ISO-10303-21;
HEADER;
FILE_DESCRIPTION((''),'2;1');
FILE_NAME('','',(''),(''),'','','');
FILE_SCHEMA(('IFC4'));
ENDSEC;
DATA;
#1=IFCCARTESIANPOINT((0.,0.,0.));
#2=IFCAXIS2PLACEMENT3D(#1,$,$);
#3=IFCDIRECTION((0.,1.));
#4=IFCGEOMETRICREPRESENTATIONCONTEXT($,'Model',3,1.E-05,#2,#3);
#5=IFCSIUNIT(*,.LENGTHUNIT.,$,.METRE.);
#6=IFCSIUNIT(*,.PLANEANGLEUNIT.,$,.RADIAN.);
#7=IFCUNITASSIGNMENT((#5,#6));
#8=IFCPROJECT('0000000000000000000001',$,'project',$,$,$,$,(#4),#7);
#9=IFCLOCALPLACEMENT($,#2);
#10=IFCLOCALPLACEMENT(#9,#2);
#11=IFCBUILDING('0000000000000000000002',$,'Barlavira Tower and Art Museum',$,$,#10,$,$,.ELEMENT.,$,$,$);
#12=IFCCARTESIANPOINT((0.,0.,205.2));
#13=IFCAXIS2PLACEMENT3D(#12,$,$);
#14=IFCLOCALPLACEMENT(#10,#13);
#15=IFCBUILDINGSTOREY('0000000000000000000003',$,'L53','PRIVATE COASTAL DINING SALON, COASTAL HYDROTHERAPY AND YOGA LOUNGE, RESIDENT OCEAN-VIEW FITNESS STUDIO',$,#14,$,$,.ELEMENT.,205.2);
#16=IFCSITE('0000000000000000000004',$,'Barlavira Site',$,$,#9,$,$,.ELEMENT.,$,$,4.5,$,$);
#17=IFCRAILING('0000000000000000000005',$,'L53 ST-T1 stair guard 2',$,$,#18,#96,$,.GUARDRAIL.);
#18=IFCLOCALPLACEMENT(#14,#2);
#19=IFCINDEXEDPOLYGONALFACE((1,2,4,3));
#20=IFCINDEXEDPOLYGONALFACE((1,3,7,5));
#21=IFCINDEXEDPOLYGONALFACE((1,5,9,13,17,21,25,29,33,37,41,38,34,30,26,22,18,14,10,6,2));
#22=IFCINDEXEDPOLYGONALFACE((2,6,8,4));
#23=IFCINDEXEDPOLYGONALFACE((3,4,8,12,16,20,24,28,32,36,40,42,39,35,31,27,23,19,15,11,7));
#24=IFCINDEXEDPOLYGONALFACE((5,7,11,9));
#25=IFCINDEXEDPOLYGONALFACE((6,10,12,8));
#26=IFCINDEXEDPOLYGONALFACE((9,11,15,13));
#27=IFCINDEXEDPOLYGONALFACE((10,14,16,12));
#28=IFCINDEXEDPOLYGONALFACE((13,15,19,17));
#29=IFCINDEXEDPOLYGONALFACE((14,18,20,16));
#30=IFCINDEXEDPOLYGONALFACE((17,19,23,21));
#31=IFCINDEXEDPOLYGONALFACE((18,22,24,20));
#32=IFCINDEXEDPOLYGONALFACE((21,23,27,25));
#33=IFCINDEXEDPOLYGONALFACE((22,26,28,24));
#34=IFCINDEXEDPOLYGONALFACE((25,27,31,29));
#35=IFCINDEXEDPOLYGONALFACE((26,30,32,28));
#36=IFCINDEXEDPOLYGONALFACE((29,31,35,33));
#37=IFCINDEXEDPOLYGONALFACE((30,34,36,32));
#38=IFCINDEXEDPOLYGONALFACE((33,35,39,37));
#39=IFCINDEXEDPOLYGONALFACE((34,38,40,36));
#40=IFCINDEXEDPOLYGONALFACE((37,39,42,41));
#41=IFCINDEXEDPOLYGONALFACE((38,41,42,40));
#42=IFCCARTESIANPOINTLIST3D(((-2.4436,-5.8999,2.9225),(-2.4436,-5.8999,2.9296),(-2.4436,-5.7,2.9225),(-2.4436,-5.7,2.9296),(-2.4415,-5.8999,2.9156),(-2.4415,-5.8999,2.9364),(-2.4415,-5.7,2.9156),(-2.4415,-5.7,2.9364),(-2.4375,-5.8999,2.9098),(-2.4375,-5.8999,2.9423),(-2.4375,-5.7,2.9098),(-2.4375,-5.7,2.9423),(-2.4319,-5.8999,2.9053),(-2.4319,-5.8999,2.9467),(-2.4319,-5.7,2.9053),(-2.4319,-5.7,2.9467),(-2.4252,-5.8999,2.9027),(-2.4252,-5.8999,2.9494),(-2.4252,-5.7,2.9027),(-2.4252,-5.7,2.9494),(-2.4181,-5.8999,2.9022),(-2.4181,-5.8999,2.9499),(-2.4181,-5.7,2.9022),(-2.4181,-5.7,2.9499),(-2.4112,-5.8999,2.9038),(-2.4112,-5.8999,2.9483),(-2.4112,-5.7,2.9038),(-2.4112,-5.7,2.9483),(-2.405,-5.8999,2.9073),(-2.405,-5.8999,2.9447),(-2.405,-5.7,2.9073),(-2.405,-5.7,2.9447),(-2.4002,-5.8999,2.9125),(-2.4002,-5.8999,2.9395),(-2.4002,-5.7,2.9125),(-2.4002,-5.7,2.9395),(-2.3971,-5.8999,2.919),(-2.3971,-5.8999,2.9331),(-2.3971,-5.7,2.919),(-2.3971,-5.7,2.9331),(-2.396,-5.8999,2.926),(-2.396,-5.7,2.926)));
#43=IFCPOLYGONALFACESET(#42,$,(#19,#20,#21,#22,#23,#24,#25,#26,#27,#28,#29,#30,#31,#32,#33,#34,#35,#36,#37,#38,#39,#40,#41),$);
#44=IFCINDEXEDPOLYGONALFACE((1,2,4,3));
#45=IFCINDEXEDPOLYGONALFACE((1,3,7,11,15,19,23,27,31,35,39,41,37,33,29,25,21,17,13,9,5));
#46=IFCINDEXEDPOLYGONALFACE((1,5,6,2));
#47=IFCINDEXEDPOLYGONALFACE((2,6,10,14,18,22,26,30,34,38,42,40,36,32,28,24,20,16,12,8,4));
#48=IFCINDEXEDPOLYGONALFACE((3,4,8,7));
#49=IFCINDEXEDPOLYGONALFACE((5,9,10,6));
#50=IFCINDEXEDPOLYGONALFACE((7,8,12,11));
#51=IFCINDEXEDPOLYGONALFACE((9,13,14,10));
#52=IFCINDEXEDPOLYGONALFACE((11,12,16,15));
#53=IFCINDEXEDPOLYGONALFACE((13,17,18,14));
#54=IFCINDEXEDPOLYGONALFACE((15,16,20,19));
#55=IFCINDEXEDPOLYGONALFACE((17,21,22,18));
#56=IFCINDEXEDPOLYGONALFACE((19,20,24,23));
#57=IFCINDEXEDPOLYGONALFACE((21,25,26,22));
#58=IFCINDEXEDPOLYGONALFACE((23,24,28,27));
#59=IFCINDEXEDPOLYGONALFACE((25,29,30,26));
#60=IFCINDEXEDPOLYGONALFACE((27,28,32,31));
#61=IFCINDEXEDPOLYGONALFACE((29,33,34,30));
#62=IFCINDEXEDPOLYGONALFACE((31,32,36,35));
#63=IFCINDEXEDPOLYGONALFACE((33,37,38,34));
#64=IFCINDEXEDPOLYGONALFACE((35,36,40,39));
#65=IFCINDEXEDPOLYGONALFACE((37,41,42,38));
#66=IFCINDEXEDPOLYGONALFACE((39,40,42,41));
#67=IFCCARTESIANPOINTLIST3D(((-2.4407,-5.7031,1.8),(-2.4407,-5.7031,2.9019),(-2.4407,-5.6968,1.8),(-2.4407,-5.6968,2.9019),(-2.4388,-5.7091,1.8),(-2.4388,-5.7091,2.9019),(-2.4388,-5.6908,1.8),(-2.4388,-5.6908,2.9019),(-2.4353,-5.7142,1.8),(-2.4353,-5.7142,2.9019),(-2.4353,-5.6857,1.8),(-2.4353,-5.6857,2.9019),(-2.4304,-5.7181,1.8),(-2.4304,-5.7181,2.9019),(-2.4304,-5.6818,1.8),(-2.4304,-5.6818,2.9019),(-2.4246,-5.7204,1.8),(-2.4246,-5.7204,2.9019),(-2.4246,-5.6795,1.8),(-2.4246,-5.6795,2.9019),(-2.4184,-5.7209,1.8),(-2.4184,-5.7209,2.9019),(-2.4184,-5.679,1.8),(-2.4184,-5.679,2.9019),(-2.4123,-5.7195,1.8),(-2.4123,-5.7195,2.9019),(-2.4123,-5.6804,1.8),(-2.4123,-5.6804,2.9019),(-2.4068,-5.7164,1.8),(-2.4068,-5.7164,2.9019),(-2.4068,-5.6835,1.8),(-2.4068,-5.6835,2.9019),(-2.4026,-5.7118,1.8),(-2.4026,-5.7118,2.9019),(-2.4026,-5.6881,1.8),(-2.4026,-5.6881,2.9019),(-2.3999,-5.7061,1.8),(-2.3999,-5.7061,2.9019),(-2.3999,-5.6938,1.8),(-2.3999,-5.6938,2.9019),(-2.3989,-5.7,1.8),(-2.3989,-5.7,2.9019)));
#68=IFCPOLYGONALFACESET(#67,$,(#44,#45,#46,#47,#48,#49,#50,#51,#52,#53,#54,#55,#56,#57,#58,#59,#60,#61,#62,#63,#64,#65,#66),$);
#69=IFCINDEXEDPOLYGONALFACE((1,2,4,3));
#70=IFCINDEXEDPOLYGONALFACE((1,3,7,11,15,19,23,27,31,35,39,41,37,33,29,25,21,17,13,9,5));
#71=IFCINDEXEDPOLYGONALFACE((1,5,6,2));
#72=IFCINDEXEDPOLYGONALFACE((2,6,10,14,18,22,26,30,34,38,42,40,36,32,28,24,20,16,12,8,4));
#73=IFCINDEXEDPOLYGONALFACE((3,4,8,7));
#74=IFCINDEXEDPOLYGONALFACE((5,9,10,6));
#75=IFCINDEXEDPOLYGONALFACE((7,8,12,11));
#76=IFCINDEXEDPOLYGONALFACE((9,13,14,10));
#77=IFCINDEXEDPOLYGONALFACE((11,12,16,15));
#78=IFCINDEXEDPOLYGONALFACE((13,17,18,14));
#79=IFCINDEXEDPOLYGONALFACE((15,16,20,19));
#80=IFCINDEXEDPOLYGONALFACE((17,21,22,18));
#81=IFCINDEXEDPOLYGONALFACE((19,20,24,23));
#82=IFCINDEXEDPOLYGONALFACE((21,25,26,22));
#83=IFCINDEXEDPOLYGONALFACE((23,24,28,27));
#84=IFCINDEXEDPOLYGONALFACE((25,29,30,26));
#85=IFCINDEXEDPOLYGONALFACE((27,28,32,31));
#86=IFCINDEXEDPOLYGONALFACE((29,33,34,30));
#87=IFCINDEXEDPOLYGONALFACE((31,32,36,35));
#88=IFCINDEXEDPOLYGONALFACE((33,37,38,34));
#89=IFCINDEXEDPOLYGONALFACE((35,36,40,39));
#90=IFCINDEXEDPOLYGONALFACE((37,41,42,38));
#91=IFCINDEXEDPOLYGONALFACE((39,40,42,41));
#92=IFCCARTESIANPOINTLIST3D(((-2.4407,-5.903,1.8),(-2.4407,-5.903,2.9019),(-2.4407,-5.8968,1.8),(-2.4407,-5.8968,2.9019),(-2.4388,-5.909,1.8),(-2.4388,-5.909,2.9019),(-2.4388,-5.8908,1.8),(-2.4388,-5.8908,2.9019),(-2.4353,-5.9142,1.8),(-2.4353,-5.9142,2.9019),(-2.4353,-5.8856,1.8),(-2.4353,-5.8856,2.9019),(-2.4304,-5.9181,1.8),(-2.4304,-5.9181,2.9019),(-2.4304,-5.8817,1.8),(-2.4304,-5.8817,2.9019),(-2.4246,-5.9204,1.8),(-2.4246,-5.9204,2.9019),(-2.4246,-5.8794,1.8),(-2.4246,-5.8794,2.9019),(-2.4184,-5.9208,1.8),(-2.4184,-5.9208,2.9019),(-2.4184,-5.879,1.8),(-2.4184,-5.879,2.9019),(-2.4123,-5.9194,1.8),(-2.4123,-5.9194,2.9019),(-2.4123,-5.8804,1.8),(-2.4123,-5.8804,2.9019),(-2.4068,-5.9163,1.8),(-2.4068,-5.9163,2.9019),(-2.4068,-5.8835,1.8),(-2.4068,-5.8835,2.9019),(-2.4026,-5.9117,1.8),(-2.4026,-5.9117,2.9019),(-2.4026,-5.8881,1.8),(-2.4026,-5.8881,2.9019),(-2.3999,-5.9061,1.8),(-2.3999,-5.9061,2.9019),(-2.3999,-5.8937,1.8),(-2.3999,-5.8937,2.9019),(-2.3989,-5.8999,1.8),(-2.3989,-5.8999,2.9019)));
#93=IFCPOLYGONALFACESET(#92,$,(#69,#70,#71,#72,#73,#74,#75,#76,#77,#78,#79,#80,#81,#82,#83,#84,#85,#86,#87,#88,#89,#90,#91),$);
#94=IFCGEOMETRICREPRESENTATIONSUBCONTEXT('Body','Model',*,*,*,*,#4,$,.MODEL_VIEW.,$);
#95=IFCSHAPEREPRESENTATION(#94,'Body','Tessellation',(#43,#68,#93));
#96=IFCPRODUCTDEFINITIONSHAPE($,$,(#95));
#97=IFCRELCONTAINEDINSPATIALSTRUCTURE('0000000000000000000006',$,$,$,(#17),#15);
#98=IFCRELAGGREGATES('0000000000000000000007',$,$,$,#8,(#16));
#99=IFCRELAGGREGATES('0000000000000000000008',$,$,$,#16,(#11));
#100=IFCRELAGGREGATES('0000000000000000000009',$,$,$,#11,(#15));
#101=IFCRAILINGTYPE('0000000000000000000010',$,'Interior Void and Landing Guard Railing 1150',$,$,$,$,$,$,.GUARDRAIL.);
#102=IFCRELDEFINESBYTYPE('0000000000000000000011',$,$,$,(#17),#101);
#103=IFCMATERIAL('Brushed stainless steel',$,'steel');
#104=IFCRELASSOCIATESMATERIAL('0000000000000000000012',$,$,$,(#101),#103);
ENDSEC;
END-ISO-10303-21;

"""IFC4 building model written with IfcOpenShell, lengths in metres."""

from ifc_helpers import new_model, si_unit, direction, frame, origin, origin_2d, place, context, subcontext, project, spatial, circle, extrude, material, type_object, element, save


model = new_model("IFC4")

# Units and contexts
model_context = context("Model", 3, precision=1e-05, world=origin(), true_north=direction((0.0, 1.0)))
body_context = subcontext(model_context, "Body", "Model", "MODEL_VIEW")
ifc_project = project(units=[si_unit("LENGTHUNIT", "METRE"), si_unit("PLANEANGLEUNIT", "RADIAN")], contexts=[model_context])

# Site, building, storey
site_placement = place(None, origin())
site = spatial("IfcSite", under=ifc_project, at=site_placement, Name="Barlavira Site", CompositionType="ELEMENT", RefElevation=4.5)
building_placement = place(site_placement, origin())
building = spatial("IfcBuilding", under=site, at=building_placement, Name="Barlavira Tower and Art Museum", CompositionType="ELEMENT")
storey_placement = place(building_placement, frame((0.0, 0.0, 205.2)))
storey = spatial("IfcBuildingStorey", under=building, at=storey_placement, Name="L53", Description="PRIVATE COASTAL DINING SALON, COASTAL HYDROTHERAPY AND YOGA LOUNGE, RESIDENT OCEAN-VIEW FITNESS STUDIO", CompositionType="ELEMENT", Elevation=205.2)

# Shared definitions
ifc_material_1 = material(Name="Brushed stainless steel", Category="steel")

# Railing
railing_type_1 = type_object("IfcRailingType", Name="Interior Void and Landing Guard Railing 1150", PredefinedType="GUARDRAIL", material=ifc_material_1)
railing_1_placement = place(storey_placement, frame((-2.4199, -5.7, 1.8)))
element("IfcRailing", 1, at=railing_1_placement, inside=storey, type_object=railing_type_1, Name="L53 ST-T1 stair guard 2", PredefinedType="GUARDRAIL", context=body_context, shape_type="SweptSolid", body=[
    extrude(circle(Radius=0.0239, at=origin_2d()), frame((0.0, 0.0, 1.126), z_axis=(0.0, -1.0, 0.0), x_axis=(1.0, 0.0, 0.0)), (0.0, 0.0, 1.0), 0.2),
    extrude(circle(Radius=0.021, at=origin_2d()), origin(), (0.0, 0.0, 1.0), 1.1018),
    extrude(circle(Radius=0.021, at=origin_2d()), frame((0.0, -0.2, 0.0)), (0.0, 0.0, 1.0), 1.1018),
])

save(model, "model.ifc")
